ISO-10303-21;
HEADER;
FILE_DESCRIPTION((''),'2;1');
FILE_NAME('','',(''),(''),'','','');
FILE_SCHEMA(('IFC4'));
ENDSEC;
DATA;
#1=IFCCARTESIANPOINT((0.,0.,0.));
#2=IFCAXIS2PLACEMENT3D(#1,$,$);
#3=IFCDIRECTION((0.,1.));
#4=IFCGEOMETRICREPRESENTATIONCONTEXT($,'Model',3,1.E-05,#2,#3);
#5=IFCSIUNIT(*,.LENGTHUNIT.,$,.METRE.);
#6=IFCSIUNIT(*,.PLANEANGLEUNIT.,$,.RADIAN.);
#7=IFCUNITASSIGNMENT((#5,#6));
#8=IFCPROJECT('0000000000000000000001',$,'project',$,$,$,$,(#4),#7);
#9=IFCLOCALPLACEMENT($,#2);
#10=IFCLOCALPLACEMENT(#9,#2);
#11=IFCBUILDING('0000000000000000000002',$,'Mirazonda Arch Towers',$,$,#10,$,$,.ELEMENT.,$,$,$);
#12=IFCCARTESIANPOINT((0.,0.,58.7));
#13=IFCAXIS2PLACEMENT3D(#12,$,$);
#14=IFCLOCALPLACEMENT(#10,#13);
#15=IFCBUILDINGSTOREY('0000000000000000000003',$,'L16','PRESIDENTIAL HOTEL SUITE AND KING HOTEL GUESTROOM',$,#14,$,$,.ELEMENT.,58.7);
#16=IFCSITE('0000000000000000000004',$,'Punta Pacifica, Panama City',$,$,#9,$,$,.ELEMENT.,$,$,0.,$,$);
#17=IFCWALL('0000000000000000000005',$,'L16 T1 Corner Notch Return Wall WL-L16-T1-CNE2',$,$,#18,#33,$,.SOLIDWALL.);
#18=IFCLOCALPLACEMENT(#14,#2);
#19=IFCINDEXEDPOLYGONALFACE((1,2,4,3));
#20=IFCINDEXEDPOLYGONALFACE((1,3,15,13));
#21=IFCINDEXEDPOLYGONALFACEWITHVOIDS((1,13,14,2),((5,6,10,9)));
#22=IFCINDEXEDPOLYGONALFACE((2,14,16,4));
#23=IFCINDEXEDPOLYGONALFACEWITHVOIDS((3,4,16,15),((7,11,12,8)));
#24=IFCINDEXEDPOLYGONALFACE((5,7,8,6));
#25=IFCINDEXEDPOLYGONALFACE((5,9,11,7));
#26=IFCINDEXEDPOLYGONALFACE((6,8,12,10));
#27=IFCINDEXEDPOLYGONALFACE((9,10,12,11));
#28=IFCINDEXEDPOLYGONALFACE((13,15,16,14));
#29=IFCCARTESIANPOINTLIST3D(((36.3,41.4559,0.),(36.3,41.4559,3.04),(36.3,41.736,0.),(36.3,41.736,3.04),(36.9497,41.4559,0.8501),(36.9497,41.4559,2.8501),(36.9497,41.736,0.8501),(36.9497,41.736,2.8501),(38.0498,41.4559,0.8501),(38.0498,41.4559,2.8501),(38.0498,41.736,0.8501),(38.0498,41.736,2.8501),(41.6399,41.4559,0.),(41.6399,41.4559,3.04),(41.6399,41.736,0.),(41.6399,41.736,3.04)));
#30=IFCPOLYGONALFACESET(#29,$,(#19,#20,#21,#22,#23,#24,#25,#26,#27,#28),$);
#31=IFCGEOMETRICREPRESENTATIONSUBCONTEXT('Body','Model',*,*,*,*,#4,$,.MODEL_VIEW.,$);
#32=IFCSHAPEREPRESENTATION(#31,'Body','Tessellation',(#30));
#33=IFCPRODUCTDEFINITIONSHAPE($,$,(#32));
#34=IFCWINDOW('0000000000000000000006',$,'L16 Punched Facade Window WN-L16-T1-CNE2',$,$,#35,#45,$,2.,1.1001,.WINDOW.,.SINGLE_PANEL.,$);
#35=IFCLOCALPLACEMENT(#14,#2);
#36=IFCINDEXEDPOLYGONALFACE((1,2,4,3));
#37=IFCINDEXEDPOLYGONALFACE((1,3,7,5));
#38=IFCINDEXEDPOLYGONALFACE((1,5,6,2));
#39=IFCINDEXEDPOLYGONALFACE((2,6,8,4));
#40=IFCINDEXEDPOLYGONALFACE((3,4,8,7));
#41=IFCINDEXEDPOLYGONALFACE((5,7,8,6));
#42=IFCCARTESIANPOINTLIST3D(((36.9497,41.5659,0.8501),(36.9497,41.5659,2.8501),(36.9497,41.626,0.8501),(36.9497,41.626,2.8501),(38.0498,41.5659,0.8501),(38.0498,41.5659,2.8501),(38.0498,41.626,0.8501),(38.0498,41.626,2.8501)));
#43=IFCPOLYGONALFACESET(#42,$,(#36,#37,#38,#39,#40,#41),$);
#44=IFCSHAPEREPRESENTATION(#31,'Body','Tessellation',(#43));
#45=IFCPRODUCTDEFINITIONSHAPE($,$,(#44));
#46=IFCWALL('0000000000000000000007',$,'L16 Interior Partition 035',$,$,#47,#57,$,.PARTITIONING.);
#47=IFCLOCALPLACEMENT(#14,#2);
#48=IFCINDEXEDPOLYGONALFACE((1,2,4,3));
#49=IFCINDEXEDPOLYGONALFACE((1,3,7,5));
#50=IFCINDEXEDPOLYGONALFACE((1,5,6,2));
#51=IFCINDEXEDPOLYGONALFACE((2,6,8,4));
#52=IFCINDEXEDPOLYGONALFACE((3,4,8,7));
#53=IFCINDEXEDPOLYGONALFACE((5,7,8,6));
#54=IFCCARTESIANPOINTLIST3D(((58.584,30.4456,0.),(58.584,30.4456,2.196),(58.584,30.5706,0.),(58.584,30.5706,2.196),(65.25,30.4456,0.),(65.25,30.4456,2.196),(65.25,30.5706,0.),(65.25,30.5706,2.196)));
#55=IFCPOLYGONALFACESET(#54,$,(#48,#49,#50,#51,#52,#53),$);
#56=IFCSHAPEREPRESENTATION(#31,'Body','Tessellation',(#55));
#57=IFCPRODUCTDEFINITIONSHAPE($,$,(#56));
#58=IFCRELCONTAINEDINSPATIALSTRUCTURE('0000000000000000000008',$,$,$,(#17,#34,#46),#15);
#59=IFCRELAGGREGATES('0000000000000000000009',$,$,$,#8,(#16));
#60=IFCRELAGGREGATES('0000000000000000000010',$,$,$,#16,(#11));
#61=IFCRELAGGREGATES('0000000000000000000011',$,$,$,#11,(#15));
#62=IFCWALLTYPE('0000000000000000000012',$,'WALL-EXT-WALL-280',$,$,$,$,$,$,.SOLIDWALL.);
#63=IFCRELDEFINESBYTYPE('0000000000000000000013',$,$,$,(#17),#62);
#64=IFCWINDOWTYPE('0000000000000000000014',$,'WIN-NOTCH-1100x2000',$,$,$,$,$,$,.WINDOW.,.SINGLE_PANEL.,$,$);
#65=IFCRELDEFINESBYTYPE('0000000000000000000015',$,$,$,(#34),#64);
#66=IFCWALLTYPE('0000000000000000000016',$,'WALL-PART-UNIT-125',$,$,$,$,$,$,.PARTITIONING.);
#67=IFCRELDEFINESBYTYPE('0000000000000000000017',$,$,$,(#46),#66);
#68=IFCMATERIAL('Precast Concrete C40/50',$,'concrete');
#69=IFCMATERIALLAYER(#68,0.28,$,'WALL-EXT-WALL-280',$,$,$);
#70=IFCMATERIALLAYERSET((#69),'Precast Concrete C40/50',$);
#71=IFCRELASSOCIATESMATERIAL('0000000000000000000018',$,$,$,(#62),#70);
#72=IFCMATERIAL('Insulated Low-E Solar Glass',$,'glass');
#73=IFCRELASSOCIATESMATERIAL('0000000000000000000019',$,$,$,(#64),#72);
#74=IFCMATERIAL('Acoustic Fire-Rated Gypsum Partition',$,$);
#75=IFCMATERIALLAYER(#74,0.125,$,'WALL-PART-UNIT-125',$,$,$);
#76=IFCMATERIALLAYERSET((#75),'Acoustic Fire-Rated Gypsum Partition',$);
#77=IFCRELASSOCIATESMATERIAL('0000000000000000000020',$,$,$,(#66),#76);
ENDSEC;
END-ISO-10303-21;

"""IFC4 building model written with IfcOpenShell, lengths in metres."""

from ifc_helpers import new_model, si_unit, direction, frame, frame_2d, origin, place, context, subcontext, project, spatial, rectangle, extrude, material, layer, layer_set, type_object, element, fill, save


model = new_model("IFC4")

# Units and contexts
model_context = context("Model", 3, precision=1e-05, world=origin(), true_north=direction((0.0, 1.0)))
body_context = subcontext(model_context, "Body", "Model", "MODEL_VIEW")
ifc_project = project(units=[si_unit("LENGTHUNIT", "METRE"), si_unit("PLANEANGLEUNIT", "RADIAN")], contexts=[model_context])

# Site, building, storey
site_placement = place(None, origin())
site = spatial("IfcSite", under=ifc_project, at=site_placement, Name="Punta Pacifica, Panama City", CompositionType="ELEMENT", RefElevation=0.0)
building_placement = place(site_placement, origin())
building = spatial("IfcBuilding", under=site, at=building_placement, Name="Mirazonda Arch Towers", CompositionType="ELEMENT")
storey_placement = place(building_placement, frame((0.0, 0.0, 58.7)))
storey = spatial("IfcBuildingStorey", under=building, at=storey_placement, Name="L16", Description="PRESIDENTIAL HOTEL SUITE AND KING HOTEL GUESTROOM", CompositionType="ELEMENT", Elevation=58.7)

# Shared definitions
ifc_material_1 = material(Name="Insulated Low-E Solar Glass", Category="glass")

# Wall, opening, window
ifc_material_2 = material(Name="Precast Concrete C40/50", Category="concrete")
ifc_layer_1 = layer(ifc_material_2, 0.28, Name="WALL-EXT-WALL-280")
ifc_layer_set_1 = layer_set([ifc_layer_1], Name="Precast Concrete C40/50")
wall_type_1 = type_object("IfcWallType", Name="WALL-EXT-WALL-280", PredefinedType="SOLIDWALL", material=ifc_layer_set_1)
wall_1_placement = place(storey_placement, frame((41.6399, 41.5959, 0.0), z_axis=(0.0, 0.0, 1.0), x_axis=(-1.0, 0.0, 0.0)))
wall_1 = element("IfcWall", 1, at=wall_1_placement, inside=storey, type_object=wall_type_1, Name="L16 T1 Corner Notch Return Wall WL-L16-T1-CNE2", PredefinedType="SOLIDWALL", context=body_context, shape_type="SweptSolid", body=[
    extrude(rectangle(XDim=5.3398, YDim=0.28, at=frame_2d((2.6699, 0.0))), origin(), (0.0, 0.0, 1.0), 3.04),
])
opening_1_placement = place(wall_1_placement, frame((3.5901, 0.0, 0.8501)))
opening_1 = element("IfcOpeningElement", 2, at=opening_1_placement, cuts=wall_1, PredefinedType="OPENING", context=body_context, shape_type="SweptSolid", body=[
    extrude(rectangle(XDim=1.1001, YDim=2.0, at=frame_2d((0.55, 1.0))), frame((0.0, 0.1499, 0.0), z_axis=(0.0, -1.0, 0.0), x_axis=(1.0, 0.0, 0.0)), (0.0, 0.0, 1.0), 0.3),
])
window_type = type_object("IfcWindowType", Name="WIN-NOTCH-1100x2000", PartitioningType="SINGLE_PANEL", PredefinedType="WINDOW", material=ifc_material_1)
window_placement = place(opening_1_placement, origin())
window = element("IfcWindow", 3, at=window_placement, inside=storey, type_object=window_type, Name="L16 Punched Facade Window WN-L16-T1-CNE2", OverallHeight=2.0, OverallWidth=1.1001, PartitioningType="SINGLE_PANEL", PredefinedType="WINDOW", context=body_context, shape_type="SweptSolid", body=[
    extrude(rectangle(XDim=1.1001, YDim=2.0, at=frame_2d((0.55, 1.0))), frame((0.0, 0.03, 0.0), z_axis=(0.0, -1.0, 0.0), x_axis=(1.0, 0.0, 0.0)), (0.0, 0.0, 1.0), 0.0601),
])
fill(opening_1, window)

# Wall
ifc_material_3 = material(Name="Acoustic Fire-Rated Gypsum Partition")
ifc_layer_2 = layer(ifc_material_3, 0.125, Name="WALL-PART-UNIT-125")
ifc_layer_set_2 = layer_set([ifc_layer_2], Name="Acoustic Fire-Rated Gypsum Partition")
wall_type_2 = type_object("IfcWallType", Name="WALL-PART-UNIT-125", PredefinedType="PARTITIONING", material=ifc_layer_set_2)
wall_2_placement = place(storey_placement, frame((58.584, 30.5081, 0.0), z_axis=(0.0, 0.0, 1.0), x_axis=(1.0, 0.0, 0.0)))
element("IfcWall", 4, at=wall_2_placement, inside=storey, type_object=wall_type_2, Name="L16 Interior Partition 035", PredefinedType="PARTITIONING", context=body_context, shape_type="SweptSolid", body=[
    extrude(rectangle(XDim=6.666, YDim=0.125, at=frame_2d((3.333, 0.0))), origin(), (0.0, 0.0, 1.0), 2.196),
])

save(model, "model.ifc")
